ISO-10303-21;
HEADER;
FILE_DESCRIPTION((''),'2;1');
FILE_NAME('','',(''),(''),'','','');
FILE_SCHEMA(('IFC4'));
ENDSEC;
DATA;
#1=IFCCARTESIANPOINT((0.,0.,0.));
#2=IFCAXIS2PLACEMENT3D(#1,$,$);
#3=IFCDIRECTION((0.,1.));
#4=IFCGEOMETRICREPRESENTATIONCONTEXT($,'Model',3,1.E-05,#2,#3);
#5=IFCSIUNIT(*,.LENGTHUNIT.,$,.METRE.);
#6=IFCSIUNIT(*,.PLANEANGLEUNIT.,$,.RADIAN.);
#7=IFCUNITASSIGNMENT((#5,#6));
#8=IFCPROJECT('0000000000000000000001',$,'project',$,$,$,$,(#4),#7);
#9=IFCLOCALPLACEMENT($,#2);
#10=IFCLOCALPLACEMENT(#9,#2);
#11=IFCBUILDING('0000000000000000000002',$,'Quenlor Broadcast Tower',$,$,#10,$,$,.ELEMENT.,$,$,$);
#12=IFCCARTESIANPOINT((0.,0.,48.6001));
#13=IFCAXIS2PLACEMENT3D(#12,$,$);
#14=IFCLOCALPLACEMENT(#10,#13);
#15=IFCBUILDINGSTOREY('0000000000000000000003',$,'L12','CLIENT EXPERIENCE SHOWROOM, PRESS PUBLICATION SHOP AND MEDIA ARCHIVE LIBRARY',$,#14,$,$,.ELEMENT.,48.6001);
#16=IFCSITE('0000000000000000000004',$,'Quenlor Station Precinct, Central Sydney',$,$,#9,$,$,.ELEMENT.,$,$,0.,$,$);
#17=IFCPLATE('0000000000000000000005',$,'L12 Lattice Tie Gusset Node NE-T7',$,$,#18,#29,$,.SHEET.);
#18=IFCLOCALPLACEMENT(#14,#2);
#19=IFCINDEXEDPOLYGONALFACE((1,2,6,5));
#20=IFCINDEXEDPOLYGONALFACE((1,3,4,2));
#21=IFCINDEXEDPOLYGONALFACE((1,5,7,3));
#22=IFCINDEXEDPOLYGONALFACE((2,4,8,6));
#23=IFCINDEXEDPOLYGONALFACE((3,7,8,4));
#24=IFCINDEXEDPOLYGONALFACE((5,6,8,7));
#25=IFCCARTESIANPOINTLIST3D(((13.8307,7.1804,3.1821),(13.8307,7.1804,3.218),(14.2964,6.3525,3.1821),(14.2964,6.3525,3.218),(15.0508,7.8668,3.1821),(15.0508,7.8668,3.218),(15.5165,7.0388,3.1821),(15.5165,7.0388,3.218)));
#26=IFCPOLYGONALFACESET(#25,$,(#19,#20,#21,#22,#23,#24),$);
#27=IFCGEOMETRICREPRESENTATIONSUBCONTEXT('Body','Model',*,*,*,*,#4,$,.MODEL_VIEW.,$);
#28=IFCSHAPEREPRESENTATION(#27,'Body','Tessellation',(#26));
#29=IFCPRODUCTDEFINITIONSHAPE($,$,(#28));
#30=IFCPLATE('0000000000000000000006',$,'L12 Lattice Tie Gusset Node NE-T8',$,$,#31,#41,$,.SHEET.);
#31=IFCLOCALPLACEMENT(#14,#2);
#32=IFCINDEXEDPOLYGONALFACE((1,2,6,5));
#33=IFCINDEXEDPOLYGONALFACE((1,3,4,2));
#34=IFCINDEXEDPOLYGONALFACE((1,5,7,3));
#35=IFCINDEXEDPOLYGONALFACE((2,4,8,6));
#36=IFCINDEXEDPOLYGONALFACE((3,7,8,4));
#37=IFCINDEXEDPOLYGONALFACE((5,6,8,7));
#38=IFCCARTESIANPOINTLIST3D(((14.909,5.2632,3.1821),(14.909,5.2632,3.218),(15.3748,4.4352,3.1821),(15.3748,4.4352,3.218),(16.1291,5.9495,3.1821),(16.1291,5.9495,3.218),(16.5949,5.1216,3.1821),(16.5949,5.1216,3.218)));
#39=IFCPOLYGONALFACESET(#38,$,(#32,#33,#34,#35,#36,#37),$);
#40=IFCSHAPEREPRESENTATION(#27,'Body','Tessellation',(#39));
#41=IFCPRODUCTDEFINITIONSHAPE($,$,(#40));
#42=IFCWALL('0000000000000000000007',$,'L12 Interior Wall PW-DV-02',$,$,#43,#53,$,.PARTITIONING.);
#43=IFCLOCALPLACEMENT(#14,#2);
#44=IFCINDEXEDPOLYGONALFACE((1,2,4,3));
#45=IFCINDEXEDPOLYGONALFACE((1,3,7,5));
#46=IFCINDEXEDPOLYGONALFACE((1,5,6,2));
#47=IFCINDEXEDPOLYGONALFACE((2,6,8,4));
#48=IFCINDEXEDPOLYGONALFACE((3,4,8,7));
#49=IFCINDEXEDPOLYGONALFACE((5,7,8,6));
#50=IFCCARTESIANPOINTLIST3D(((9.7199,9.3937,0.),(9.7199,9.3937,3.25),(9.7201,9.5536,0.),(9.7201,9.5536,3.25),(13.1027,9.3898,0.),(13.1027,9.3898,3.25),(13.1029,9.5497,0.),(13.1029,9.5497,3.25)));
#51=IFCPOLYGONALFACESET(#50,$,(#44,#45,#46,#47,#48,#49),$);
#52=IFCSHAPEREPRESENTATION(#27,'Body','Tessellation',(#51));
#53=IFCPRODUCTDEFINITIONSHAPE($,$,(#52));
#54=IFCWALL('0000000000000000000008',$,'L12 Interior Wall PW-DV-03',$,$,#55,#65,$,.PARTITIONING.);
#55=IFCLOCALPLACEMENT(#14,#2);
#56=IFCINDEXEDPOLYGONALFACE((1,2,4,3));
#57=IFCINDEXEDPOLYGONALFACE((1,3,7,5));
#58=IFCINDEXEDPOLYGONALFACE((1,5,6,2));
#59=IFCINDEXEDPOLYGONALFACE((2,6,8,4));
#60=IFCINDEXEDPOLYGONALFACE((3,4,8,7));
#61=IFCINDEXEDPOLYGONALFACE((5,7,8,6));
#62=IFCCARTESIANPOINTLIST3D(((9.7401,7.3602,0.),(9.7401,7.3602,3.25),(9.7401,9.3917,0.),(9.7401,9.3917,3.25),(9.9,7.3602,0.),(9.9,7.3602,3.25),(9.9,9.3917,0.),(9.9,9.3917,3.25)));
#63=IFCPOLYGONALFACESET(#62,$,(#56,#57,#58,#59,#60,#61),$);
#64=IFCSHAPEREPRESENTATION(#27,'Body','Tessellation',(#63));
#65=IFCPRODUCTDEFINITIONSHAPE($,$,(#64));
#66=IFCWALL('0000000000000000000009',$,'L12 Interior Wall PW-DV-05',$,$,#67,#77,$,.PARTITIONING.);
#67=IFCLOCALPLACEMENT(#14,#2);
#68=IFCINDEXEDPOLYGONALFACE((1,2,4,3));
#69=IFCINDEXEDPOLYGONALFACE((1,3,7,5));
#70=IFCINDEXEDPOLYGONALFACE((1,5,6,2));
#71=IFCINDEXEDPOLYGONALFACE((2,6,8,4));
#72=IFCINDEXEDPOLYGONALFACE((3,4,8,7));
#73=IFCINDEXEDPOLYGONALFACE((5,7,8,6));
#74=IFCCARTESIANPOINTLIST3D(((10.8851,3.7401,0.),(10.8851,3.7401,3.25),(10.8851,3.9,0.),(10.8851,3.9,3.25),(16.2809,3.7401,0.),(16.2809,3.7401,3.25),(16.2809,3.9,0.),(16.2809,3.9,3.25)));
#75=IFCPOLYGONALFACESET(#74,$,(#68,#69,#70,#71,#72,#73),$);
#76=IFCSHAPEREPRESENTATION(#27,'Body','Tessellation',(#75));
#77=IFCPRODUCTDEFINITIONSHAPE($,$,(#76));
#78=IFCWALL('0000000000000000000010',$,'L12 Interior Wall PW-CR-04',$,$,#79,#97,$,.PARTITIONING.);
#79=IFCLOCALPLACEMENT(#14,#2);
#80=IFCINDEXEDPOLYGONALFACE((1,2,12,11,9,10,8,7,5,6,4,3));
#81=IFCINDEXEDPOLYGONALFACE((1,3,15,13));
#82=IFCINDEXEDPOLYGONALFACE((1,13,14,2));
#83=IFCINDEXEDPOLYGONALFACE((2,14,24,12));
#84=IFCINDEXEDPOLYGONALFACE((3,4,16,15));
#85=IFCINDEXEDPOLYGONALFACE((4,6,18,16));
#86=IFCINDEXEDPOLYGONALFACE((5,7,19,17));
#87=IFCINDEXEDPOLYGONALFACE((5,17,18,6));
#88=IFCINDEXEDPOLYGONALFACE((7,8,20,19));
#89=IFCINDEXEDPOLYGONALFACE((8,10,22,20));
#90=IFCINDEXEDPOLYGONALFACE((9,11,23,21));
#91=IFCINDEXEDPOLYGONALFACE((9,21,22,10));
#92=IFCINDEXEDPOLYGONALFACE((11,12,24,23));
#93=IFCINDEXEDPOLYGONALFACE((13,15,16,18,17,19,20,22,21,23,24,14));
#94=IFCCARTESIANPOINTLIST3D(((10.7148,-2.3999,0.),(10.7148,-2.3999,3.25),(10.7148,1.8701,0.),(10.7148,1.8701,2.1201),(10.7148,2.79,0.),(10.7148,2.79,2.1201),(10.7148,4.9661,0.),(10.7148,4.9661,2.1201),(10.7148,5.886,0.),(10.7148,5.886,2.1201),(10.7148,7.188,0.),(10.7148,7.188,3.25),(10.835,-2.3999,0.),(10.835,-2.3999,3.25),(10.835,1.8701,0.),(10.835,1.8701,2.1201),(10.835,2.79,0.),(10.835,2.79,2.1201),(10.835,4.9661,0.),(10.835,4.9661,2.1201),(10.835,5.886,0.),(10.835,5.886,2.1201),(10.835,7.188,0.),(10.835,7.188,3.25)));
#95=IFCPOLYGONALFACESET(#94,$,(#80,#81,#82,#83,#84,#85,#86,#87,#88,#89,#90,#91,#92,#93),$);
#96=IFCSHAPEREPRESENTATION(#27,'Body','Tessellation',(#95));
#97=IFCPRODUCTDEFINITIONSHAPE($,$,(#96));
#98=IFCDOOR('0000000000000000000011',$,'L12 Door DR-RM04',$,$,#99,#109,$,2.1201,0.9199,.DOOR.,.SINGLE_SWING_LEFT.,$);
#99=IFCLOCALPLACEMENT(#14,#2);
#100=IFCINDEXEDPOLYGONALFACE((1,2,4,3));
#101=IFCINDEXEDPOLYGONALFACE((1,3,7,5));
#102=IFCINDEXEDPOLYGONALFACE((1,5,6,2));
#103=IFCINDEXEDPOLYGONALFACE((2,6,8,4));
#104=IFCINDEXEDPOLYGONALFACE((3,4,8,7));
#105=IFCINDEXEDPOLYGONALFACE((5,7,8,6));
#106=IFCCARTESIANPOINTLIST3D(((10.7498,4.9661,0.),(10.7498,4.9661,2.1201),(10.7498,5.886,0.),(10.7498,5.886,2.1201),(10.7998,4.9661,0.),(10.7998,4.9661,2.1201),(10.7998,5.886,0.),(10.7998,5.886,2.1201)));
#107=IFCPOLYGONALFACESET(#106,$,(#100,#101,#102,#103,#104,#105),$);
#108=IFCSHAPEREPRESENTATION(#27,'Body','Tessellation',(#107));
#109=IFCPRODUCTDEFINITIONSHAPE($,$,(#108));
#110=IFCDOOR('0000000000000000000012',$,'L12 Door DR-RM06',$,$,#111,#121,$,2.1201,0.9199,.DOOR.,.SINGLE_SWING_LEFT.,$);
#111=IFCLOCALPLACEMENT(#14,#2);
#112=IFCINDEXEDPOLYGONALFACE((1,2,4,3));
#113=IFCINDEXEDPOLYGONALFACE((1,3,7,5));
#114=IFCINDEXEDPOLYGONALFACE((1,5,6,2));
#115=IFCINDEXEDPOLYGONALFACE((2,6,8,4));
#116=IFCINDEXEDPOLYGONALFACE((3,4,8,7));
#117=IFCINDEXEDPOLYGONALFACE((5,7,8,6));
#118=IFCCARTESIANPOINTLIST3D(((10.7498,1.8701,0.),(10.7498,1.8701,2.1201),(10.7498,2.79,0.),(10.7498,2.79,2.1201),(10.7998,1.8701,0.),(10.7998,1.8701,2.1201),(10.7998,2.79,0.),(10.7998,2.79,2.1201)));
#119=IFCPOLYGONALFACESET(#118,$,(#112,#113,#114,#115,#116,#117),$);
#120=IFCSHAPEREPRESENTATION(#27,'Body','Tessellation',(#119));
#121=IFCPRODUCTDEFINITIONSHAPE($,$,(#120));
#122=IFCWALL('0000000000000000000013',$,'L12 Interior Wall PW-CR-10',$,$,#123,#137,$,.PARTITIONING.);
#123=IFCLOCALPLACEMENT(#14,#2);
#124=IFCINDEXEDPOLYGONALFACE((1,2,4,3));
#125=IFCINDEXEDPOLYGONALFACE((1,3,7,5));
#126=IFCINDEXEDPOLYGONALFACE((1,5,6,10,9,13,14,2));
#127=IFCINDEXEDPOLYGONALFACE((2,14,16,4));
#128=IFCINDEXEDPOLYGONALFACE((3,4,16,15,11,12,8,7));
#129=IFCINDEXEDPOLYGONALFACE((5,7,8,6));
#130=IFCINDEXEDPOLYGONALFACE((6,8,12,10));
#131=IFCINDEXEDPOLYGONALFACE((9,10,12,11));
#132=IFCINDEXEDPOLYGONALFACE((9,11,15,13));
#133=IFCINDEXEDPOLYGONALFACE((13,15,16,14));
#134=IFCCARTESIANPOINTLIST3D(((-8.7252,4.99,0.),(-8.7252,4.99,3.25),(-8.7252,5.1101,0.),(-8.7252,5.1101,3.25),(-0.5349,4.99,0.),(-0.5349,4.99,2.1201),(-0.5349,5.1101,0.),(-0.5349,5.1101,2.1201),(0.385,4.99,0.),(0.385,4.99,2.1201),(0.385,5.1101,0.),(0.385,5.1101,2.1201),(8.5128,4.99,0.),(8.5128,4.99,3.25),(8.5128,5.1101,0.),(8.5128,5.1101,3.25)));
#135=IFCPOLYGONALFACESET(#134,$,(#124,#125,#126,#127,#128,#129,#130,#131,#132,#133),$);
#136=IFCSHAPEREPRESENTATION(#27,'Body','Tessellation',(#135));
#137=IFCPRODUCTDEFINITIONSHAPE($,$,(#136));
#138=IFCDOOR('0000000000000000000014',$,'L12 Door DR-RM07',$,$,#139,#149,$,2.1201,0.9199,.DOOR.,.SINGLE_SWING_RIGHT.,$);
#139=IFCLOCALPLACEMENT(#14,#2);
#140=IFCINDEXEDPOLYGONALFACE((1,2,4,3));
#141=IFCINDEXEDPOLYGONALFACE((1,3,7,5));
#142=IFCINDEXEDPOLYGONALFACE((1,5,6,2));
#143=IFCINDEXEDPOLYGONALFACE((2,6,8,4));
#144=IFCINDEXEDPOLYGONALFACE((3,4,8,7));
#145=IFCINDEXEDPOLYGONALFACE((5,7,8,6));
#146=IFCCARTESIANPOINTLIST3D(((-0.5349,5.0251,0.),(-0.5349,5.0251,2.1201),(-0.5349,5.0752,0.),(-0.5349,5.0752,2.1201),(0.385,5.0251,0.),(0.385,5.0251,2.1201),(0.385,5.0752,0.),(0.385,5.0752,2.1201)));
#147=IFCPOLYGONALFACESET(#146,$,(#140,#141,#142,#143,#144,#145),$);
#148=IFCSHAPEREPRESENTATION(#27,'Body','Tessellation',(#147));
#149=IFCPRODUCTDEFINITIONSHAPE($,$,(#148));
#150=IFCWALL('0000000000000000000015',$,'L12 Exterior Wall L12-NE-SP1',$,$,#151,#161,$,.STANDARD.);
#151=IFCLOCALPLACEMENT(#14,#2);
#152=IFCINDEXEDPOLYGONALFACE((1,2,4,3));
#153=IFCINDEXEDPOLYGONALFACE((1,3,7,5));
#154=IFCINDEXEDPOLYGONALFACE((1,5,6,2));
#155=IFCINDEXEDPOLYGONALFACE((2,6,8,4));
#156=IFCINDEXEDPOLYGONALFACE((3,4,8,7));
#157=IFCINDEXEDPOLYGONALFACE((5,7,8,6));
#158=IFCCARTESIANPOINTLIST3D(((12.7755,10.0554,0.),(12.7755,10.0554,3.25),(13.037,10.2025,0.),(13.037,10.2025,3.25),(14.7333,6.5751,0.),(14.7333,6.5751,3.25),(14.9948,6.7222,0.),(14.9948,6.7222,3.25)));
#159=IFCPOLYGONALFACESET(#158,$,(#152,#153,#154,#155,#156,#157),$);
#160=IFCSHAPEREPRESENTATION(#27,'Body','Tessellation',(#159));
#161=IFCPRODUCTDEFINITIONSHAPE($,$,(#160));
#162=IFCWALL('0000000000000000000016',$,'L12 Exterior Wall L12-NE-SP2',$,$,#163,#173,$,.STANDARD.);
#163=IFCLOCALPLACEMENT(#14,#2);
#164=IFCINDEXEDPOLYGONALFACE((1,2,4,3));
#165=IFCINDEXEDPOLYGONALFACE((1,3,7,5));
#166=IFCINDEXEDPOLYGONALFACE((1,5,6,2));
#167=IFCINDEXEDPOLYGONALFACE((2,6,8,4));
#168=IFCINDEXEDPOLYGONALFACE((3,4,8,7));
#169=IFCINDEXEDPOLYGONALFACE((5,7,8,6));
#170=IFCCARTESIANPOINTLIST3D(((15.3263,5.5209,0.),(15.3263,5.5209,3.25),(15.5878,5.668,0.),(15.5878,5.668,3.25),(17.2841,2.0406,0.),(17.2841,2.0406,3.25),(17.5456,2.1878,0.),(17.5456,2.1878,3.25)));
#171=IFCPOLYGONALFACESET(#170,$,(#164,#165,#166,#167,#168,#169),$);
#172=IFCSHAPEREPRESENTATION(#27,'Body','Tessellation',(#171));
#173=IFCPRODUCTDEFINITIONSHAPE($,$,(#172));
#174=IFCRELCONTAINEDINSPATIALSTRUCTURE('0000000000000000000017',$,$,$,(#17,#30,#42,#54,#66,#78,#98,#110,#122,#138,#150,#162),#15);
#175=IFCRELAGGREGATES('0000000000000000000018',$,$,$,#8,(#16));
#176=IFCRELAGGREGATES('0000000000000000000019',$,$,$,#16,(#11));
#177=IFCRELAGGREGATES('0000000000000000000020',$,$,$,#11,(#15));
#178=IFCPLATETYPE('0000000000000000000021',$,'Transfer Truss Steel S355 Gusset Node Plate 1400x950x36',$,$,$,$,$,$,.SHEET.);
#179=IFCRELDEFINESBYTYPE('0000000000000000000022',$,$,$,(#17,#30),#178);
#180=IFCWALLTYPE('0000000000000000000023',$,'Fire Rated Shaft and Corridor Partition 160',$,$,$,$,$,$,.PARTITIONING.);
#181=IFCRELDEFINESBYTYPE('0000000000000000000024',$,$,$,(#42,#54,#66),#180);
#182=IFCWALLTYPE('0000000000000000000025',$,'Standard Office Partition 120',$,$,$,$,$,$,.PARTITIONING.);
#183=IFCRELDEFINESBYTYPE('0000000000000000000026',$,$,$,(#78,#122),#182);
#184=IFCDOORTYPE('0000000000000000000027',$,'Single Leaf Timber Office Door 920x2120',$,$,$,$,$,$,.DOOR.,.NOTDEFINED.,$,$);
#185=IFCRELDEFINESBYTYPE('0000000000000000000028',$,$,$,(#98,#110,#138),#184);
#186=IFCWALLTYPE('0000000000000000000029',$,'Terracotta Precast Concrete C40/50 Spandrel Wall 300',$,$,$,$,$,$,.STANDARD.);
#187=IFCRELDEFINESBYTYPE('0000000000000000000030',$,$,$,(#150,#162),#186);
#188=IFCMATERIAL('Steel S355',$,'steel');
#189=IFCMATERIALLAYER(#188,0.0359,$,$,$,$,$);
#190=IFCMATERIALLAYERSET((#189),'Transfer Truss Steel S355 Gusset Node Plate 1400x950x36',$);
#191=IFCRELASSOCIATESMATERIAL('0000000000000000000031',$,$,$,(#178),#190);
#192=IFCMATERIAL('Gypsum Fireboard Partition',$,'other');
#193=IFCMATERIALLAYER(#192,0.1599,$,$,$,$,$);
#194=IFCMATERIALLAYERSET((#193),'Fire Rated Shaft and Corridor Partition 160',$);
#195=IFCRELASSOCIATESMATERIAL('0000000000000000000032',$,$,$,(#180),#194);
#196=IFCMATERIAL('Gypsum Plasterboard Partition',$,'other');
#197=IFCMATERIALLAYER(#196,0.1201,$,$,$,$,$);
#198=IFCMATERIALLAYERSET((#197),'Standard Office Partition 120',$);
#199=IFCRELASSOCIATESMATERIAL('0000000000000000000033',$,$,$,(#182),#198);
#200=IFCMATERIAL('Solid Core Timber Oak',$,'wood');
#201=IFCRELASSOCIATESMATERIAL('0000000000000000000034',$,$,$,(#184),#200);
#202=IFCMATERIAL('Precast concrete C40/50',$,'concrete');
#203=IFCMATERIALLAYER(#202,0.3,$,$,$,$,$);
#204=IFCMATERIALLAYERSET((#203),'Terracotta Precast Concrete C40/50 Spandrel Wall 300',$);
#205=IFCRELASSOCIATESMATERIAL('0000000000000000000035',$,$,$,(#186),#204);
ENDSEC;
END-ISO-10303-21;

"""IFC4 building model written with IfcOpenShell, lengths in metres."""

from ifc_helpers import new_model, si_unit, direction, frame, frame_2d, origin, origin_2d, place, context, subcontext, project, spatial, rectangle, extrude, material, layer, layer_set, type_object, element, fill, save


model = new_model("IFC4")

# Units and contexts
model_context = context("Model", 3, precision=1e-05, world=origin(), true_north=direction((0.0, 1.0)))
body_context = subcontext(model_context, "Body", "Model", "MODEL_VIEW")
ifc_project = project(units=[si_unit("LENGTHUNIT", "METRE"), si_unit("PLANEANGLEUNIT", "RADIAN")], contexts=[model_context])

# Site, building, storey
site_placement = place(None, origin())
site = spatial("IfcSite", under=ifc_project, at=site_placement, Name="Quenlor Station Precinct, Central Sydney", CompositionType="ELEMENT", RefElevation=0.0)
building_placement = place(site_placement, origin())
building = spatial("IfcBuilding", under=site, at=building_placement, Name="Quenlor Broadcast Tower", CompositionType="ELEMENT")
storey_placement = place(building_placement, frame((0.0, 0.0, 48.6001)))
storey = spatial("IfcBuildingStorey", under=building, at=storey_placement, Name="L12", Description="CLIENT EXPERIENCE SHOWROOM, PRESS PUBLICATION SHOP AND MEDIA ARCHIVE LIBRARY", CompositionType="ELEMENT", Elevation=48.6001)

# Plates
ifc_material_1 = material(Name="Steel S355", Category="steel")
ifc_layer_1 = layer(ifc_material_1, 0.0359)
ifc_layer_set_1 = layer_set([ifc_layer_1], Name="Transfer Truss Steel S355 Gusset Node Plate 1400x950x36")
plate_type_1 = type_object("IfcPlateType", Name="Transfer Truss Steel S355 Gusset Node Plate 1400x950x36", PredefinedType="SHEET", material=ifc_layer_set_1)
for number, where, z_axis, x_axis, name in (
    (1, (14.6736, 7.1096, 3.1821), (0.0, 0.0, 1.0), (0.871556, 0.490295, 0.0), "L12 Lattice Tie Gusset Node NE-T7"),
    (2, (15.752, 5.1924, 3.1821), (0.0, 0.0, 1.0), (0.871556, 0.490295, 0.0), "L12 Lattice Tie Gusset Node NE-T8"),
):
    element("IfcPlate", number, at=place(storey_placement, frame(where, z_axis=z_axis, x_axis=x_axis)), inside=storey, type_object=plate_type_1, Name=name, PredefinedType="SHEET", context=body_context, shape_type="SweptSolid", body=[
        extrude(rectangle(XDim=1.3999, YDim=0.95, at=origin_2d()), origin(), (0.0, 0.0, 1.0), 0.0359),
    ])

# Walls
ifc_material_2 = material(Name="Gypsum Fireboard Partition", Category="other")
ifc_layer_2 = layer(ifc_material_2, 0.1599)
ifc_layer_set_2 = layer_set([ifc_layer_2], Name="Fire Rated Shaft and Corridor Partition 160")
wall_type_1 = type_object("IfcWallType", Name="Fire Rated Shaft and Corridor Partition 160", PredefinedType="PARTITIONING", material=ifc_layer_set_2)
wall_1_placement = place(storey_placement, frame((13.1028, 9.4697, 0.0), z_axis=(0.0, 0.0, 1.0), x_axis=(-0.999999, 0.001155, 0.0)))
element("IfcWall", 3, at=wall_1_placement, inside=storey, type_object=wall_type_1, Name="L12 Interior Wall PW-DV-02", PredefinedType="PARTITIONING", context=body_context, shape_type="SweptSolid", body=[
    extrude(rectangle(XDim=3.3828, YDim=0.1599, at=frame_2d((1.6914, 0.0))), origin(), (0.0, 0.0, 1.0), 3.25),
])
wall_2_placement = place(storey_placement, frame((9.8201, 9.3916, 0.0), z_axis=(0.0, 0.0, 1.0), x_axis=(0.0, -1.0, 0.0)))
element("IfcWall", 4, at=wall_2_placement, inside=storey, type_object=wall_type_1, Name="L12 Interior Wall PW-DV-03", PredefinedType="PARTITIONING", context=body_context, shape_type="SweptSolid", body=[
    extrude(rectangle(XDim=2.0315, YDim=0.1599, at=frame_2d((1.0156, 0.0))), origin(), (0.0, 0.0, 1.0), 3.25),
])
wall_3_placement = place(storey_placement, frame((16.2808, 3.8201, 0.0), z_axis=(0.0, 0.0, 1.0), x_axis=(-1.0, 0.0, 0.0)))
element("IfcWall", 5, at=wall_3_placement, inside=storey, type_object=wall_type_1, Name="L12 Interior Wall PW-DV-05", PredefinedType="PARTITIONING", context=body_context, shape_type="SweptSolid", body=[
    extrude(rectangle(XDim=5.3958, YDim=0.1599, at=frame_2d((2.6978, 0.0))), origin(), (0.0, 0.0, 1.0), 3.25),
])

# Wall, openings, doors
ifc_material_3 = material(Name="Gypsum Plasterboard Partition", Category="other")
ifc_layer_3 = layer(ifc_material_3, 0.1201)
ifc_layer_set_3 = layer_set([ifc_layer_3], Name="Standard Office Partition 120")
wall_type_2 = type_object("IfcWallType", Name="Standard Office Partition 120", PredefinedType="PARTITIONING", material=ifc_layer_set_3)
wall_4_placement = place(storey_placement, frame((10.7749, 7.188, 0.0), z_axis=(0.0, 0.0, 1.0), x_axis=(0.0, -1.0, 0.0)))
wall_4 = element("IfcWall", 6, at=wall_4_placement, inside=storey, type_object=wall_type_2, Name="L12 Interior Wall PW-CR-04", PredefinedType="PARTITIONING", context=body_context, shape_type="SweptSolid", body=[
    extrude(rectangle(XDim=9.5879, YDim=0.1201, at=frame_2d((4.7939, 0.0))), origin(), (0.0, 0.0, 1.0), 3.25),
])
opening_1_placement = place(wall_4_placement, frame((1.302, 0.0, 0.0)))
opening_1 = element("IfcOpeningElement", 7, at=opening_1_placement, cuts=wall_4, PredefinedType="OPENING", context=body_context, shape_type="SweptSolid", body=[
    extrude(rectangle(XDim=0.9199, YDim=2.1201, at=frame_2d((0.46, 1.0601))), frame((0.0, 0.0701, 0.0), z_axis=(0.0, -1.0, 0.0), x_axis=(1.0, 0.0, 0.0)), (0.0, 0.0, 1.0), 0.1401),
])
opening_2_placement = place(wall_4_placement, frame((4.3979, 0.0, 0.0)))
opening_2 = element("IfcOpeningElement", 8, at=opening_2_placement, cuts=wall_4, PredefinedType="OPENING", context=body_context, shape_type="SweptSolid", body=[
    extrude(rectangle(XDim=0.9199, YDim=2.1201, at=frame_2d((0.46, 1.0601))), frame((0.0, 0.0701, 0.0), z_axis=(0.0, -1.0, 0.0), x_axis=(1.0, 0.0, 0.0)), (0.0, 0.0, 1.0), 0.1401),
])
ifc_material_4 = material(Name="Solid Core Timber Oak", Category="wood")
door_type = type_object("IfcDoorType", Name="Single Leaf Timber Office Door 920x2120", OperationType="NOTDEFINED", PredefinedType="DOOR", material=ifc_material_4)
door_1_placement = place(opening_1_placement, origin())
door_1 = element("IfcDoor", 9, at=door_1_placement, inside=storey, type_object=door_type, Name="L12 Door DR-RM04", OperationType="SINGLE_SWING_LEFT", OverallHeight=2.1201, OverallWidth=0.9199, PredefinedType="DOOR", context=body_context, shape_type="SweptSolid", body=[
    extrude(rectangle(XDim=0.9199, YDim=2.1201, at=frame_2d((0.46, 1.0601))), frame((0.0, 0.0249, 0.0), z_axis=(0.0, -1.0, 0.0), x_axis=(1.0, 0.0, 0.0)), (0.0, 0.0, 1.0), 0.05),
])
fill(opening_1, door_1)
door_2_placement = place(opening_2_placement, origin())
door_2 = element("IfcDoor", 10, at=door_2_placement, inside=storey, type_object=door_type, Name="L12 Door DR-RM06", OperationType="SINGLE_SWING_LEFT", OverallHeight=2.1201, OverallWidth=0.9199, PredefinedType="DOOR", context=body_context, shape_type="SweptSolid", body=[
    extrude(rectangle(XDim=0.9199, YDim=2.1201, at=frame_2d((0.46, 1.0601))), frame((0.0, 0.0249, 0.0), z_axis=(0.0, -1.0, 0.0), x_axis=(1.0, 0.0, 0.0)), (0.0, 0.0, 1.0), 0.05),
])
fill(opening_2, door_2)

# Wall, opening, door
wall_5_placement = place(storey_placement, frame((8.5129, 5.05, 0.0), z_axis=(0.0, 0.0, 1.0), x_axis=(-1.0, 0.0, 0.0)))
wall_5 = element("IfcWall", 11, at=wall_5_placement, inside=storey, type_object=wall_type_2, Name="L12 Interior Wall PW-CR-10", PredefinedType="PARTITIONING", context=body_context, shape_type="SweptSolid", body=[
    extrude(rectangle(XDim=17.238, YDim=0.1201, at=frame_2d((8.6191, 0.0))), origin(), (0.0, 0.0, 1.0), 3.25),
])
opening_3_placement = place(wall_5_placement, frame((8.1279, 0.0, 0.0)))
opening_3 = element("IfcOpeningElement", 12, at=opening_3_placement, cuts=wall_5, PredefinedType="OPENING", context=body_context, shape_type="SweptSolid", body=[
    extrude(rectangle(XDim=0.9199, YDim=2.1201, at=frame_2d((0.46, 1.0601))), frame((0.0, 0.0701, 0.0), z_axis=(0.0, -1.0, 0.0), x_axis=(1.0, 0.0, 0.0)), (0.0, 0.0, 1.0), 0.1401),
])
door_3_placement = place(opening_3_placement, origin())
door_3 = element("IfcDoor", 13, at=door_3_placement, inside=storey, type_object=door_type, Name="L12 Door DR-RM07", OperationType="SINGLE_SWING_RIGHT", OverallHeight=2.1201, OverallWidth=0.9199, PredefinedType="DOOR", context=body_context, shape_type="SweptSolid", body=[
    extrude(rectangle(XDim=0.9199, YDim=2.1201, at=frame_2d((0.46, 1.0601))), frame((0.0, 0.0249, 0.0), z_axis=(0.0, -1.0, 0.0), x_axis=(1.0, 0.0, 0.0)), (0.0, 0.0, 1.0), 0.05),
])
fill(opening_3, door_3)

# Walls
ifc_material_5 = material(Name="Precast concrete C40/50", Category="concrete")
ifc_layer_4 = layer(ifc_material_5, 0.3)
ifc_layer_set_4 = layer_set([ifc_layer_4], Name="Terracotta Precast Concrete C40/50 Spandrel Wall 300")
wall_type_3 = type_object("IfcWallType", Name="Terracotta Precast Concrete C40/50 Spandrel Wall 300", PredefinedType="STANDARD", material=ifc_layer_set_4)
for number, where, z_axis, x_axis, name in (
    (14, (12.9062, 10.1289, 0.0), (0.0, 0.0, 1.0), (0.490287, -0.871561, 0.0), "L12 Exterior Wall L12-NE-SP1"),
    (15, (15.457, 5.5945, 0.0), (0.0, 0.0, 1.0), (0.490287, -0.871561, 0.0), "L12 Exterior Wall L12-NE-SP2"),
):
    element("IfcWall", number, at=place(storey_placement, frame(where, z_axis=z_axis, x_axis=x_axis)), inside=storey, type_object=wall_type_3, Name=name, PredefinedType="STANDARD", context=body_context, shape_type="SweptSolid", body=[
        extrude(rectangle(XDim=3.9932, YDim=0.3, at=frame_2d((1.9966, 0.0))), origin(), (0.0, 0.0, 1.0), 3.25),
    ])

save(model, "model.ifc")
